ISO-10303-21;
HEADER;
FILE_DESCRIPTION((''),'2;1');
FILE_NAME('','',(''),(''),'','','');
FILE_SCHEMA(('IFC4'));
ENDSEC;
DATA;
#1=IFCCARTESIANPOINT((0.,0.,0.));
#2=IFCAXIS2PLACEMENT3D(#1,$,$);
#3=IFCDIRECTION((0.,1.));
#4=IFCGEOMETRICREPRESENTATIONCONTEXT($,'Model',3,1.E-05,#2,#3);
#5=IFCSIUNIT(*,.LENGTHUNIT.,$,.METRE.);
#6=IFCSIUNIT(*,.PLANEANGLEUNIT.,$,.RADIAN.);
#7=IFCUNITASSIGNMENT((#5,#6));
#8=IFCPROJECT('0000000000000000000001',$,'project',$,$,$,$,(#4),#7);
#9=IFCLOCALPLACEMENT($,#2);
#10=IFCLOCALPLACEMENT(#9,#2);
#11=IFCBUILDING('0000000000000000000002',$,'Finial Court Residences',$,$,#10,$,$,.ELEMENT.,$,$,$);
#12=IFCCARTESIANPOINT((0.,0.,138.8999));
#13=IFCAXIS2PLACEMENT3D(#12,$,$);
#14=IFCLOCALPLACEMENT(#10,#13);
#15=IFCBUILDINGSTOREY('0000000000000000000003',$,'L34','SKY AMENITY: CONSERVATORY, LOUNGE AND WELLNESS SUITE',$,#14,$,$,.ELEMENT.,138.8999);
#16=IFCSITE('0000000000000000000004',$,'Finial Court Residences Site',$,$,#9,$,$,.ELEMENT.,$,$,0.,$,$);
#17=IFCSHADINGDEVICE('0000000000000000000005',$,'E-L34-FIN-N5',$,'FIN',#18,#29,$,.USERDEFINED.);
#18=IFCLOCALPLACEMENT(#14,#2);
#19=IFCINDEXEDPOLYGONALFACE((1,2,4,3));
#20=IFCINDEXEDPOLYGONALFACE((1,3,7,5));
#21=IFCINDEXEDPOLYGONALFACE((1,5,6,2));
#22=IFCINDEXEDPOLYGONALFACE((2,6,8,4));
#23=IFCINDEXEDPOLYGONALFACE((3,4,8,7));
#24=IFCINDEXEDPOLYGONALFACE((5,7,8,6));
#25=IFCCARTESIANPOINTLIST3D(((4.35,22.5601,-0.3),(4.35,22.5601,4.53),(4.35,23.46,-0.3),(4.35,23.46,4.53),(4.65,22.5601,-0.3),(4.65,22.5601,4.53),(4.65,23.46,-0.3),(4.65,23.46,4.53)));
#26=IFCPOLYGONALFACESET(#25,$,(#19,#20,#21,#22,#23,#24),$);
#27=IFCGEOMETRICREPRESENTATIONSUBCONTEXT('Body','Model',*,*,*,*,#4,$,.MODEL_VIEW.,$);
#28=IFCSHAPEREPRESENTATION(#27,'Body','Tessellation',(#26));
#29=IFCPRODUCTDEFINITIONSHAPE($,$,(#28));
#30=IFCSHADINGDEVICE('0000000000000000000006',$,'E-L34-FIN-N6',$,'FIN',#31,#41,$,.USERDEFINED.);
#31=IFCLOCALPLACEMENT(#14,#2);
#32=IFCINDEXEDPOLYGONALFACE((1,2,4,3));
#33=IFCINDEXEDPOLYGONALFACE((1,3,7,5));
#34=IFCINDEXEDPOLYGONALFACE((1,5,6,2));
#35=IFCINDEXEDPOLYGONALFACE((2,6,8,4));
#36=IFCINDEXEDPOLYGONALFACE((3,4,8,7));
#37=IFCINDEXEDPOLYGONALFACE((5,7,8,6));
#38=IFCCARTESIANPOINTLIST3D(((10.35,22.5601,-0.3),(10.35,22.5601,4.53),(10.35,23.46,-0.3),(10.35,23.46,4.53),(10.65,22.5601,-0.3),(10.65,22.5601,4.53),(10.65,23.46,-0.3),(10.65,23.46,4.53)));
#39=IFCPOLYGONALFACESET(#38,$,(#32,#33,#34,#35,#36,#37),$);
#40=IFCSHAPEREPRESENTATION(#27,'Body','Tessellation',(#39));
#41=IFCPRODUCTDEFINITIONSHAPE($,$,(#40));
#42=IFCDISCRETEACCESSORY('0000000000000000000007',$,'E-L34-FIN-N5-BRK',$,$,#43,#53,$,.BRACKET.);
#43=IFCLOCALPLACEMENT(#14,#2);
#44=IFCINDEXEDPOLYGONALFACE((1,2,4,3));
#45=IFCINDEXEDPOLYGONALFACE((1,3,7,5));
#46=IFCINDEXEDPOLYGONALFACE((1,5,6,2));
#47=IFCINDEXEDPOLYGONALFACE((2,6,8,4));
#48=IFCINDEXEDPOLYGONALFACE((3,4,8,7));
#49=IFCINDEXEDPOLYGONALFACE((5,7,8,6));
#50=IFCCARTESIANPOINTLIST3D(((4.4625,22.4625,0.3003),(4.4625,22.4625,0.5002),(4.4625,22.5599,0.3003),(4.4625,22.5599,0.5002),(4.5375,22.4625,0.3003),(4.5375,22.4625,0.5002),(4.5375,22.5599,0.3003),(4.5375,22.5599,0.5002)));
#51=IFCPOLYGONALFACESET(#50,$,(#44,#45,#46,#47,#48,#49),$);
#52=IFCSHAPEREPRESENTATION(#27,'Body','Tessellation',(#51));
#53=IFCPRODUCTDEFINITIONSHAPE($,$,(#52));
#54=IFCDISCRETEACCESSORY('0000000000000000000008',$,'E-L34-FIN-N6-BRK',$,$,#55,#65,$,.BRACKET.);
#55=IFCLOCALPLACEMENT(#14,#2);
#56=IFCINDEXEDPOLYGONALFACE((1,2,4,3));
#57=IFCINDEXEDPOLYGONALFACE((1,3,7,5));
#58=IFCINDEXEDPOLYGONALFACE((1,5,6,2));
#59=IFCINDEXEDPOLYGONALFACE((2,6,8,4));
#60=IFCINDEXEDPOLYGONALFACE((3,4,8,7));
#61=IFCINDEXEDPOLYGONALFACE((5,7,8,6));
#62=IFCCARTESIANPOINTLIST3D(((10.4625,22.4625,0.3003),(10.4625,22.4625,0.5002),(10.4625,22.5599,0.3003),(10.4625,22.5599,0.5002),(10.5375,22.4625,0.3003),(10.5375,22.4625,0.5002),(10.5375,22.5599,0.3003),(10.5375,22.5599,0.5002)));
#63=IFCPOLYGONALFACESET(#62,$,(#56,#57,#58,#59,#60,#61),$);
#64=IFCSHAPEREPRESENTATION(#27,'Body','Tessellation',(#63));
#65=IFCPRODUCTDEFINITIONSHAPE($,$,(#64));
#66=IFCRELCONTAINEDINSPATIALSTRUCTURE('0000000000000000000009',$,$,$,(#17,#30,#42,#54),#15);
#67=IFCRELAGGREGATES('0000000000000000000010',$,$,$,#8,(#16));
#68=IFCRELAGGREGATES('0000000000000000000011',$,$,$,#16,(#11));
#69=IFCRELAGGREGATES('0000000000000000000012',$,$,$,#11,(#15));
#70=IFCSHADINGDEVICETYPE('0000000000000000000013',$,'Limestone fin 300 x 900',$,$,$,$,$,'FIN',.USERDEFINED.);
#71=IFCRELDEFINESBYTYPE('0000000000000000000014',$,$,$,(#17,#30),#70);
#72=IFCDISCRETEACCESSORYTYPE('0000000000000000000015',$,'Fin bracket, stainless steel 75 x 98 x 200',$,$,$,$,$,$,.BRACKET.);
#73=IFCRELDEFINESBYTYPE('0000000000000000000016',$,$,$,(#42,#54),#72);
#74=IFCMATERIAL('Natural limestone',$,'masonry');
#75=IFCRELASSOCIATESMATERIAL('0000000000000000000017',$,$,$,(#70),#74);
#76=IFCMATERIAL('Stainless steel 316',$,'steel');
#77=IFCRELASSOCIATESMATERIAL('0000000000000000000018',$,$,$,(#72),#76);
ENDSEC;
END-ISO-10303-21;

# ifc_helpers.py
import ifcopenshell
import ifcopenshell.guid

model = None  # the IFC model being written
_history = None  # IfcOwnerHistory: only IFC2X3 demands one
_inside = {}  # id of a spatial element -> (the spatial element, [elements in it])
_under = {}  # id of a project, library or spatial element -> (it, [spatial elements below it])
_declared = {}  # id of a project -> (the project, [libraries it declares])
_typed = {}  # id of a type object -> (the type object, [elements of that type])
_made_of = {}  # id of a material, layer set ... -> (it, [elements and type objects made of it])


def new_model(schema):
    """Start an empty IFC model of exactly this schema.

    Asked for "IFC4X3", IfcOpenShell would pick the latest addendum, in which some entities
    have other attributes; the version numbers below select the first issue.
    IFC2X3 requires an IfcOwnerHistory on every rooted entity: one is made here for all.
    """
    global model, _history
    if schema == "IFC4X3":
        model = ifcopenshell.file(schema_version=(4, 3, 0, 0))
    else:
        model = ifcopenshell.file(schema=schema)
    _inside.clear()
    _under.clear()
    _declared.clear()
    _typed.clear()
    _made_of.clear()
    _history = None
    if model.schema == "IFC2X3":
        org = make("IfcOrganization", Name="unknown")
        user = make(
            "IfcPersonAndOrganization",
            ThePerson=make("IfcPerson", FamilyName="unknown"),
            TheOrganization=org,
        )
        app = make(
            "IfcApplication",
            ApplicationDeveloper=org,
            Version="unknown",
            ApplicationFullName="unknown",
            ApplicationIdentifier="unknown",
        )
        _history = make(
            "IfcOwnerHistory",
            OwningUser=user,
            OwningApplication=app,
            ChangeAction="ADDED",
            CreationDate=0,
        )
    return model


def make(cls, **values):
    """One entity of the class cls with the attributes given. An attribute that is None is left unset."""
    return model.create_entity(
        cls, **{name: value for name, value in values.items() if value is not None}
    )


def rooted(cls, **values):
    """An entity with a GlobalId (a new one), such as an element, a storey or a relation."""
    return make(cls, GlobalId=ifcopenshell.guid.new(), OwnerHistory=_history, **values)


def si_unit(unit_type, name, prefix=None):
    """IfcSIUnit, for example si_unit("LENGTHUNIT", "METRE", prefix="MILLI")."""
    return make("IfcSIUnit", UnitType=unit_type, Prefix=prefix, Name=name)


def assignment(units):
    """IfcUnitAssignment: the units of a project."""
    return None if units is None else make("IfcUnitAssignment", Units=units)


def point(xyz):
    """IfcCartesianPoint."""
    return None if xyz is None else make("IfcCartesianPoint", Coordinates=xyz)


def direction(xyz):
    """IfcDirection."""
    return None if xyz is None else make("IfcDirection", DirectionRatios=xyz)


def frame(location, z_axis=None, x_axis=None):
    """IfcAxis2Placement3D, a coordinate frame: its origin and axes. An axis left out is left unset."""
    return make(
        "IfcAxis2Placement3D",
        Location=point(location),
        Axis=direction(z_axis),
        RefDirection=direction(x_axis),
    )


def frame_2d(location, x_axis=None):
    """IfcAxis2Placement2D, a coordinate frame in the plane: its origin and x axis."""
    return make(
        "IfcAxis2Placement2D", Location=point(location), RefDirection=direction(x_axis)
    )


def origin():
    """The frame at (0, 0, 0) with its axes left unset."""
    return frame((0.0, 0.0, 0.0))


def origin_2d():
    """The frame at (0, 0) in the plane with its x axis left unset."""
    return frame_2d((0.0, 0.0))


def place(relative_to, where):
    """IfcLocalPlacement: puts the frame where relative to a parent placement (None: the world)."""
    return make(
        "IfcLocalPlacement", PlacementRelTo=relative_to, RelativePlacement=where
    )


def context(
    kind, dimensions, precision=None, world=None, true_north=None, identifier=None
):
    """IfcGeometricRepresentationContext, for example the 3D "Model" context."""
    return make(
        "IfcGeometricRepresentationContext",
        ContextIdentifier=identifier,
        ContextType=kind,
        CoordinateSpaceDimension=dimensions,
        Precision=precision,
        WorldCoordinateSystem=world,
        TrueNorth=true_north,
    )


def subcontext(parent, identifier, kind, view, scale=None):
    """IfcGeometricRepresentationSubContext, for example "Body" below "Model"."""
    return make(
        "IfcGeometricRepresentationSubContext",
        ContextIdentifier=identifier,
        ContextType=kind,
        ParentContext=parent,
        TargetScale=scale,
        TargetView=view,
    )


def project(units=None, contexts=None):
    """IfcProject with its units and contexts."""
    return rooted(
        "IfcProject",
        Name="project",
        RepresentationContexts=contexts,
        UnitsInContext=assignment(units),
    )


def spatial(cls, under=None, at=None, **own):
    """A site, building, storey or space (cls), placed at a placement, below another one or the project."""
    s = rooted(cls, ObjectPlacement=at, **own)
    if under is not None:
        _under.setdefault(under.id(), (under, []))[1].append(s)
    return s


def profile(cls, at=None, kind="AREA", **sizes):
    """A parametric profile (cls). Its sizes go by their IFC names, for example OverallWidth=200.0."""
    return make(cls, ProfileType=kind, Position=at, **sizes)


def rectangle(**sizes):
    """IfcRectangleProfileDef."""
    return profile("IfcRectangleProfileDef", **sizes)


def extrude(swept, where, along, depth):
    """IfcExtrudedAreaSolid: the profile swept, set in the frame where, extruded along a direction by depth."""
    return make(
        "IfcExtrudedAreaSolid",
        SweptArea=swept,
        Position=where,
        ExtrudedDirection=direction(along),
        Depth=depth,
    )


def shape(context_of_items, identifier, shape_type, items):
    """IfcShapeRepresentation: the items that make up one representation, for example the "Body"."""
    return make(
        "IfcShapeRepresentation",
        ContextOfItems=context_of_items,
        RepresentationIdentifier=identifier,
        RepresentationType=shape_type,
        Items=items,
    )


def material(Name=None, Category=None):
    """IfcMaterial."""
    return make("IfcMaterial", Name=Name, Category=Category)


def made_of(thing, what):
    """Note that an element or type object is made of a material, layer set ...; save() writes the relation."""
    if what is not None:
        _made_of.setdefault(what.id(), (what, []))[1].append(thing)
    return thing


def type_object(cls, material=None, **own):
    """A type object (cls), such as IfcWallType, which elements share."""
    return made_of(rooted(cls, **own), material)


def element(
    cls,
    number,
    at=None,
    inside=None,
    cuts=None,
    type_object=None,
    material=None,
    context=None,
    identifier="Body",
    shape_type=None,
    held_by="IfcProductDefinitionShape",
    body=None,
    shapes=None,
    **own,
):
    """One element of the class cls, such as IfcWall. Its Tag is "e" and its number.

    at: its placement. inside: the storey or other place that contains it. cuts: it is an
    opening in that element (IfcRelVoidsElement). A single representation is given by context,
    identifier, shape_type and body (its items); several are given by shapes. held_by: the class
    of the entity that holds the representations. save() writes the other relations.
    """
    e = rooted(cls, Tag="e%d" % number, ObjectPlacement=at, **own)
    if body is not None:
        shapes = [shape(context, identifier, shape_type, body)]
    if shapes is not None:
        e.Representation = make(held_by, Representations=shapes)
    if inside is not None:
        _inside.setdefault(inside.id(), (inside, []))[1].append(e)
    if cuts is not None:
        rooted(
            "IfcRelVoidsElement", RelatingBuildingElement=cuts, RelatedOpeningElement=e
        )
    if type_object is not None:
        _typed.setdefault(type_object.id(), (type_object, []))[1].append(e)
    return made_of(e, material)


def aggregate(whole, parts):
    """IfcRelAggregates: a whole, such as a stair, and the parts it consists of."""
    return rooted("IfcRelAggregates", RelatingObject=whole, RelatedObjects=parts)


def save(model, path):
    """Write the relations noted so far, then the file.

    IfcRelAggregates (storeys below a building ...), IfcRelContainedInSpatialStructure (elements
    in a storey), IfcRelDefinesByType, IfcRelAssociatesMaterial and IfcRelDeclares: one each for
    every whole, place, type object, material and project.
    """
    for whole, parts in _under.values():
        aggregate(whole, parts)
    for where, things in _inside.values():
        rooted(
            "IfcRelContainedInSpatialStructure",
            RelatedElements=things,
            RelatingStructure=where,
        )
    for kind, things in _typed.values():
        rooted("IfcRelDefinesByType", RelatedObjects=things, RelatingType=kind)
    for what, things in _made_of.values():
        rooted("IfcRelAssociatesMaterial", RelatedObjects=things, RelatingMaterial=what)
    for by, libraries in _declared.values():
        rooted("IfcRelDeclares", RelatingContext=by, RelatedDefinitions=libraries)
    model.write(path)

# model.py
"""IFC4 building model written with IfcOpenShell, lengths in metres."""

from ifc_helpers import new_model, si_unit, direction, frame, origin, origin_2d, place, context, subcontext, project, spatial, rectangle, extrude, material, type_object, element, save


model = new_model("IFC4")

# Units and contexts
model_context = context("Model", 3, precision=1e-05, world=origin(), true_north=direction((0.0, 1.0)))
body_context = subcontext(model_context, "Body", "Model", "MODEL_VIEW")
ifc_project = project(units=[si_unit("LENGTHUNIT", "METRE"), si_unit("PLANEANGLEUNIT", "RADIAN")], contexts=[model_context])

# Site, building, storey
site_placement = place(None, origin())
site = spatial("IfcSite", under=ifc_project, at=site_placement, Name="Finial Court Residences Site", CompositionType="ELEMENT", RefElevation=0.0)
building_placement = place(site_placement, origin())
building = spatial("IfcBuilding", under=site, at=building_placement, Name="Finial Court Residences", CompositionType="ELEMENT")
storey_placement = place(building_placement, frame((0.0, 0.0, 138.8999)))
storey = spatial("IfcBuildingStorey", under=building, at=storey_placement, Name="L34", Description="SKY AMENITY: CONSERVATORY, LOUNGE AND WELLNESS SUITE", CompositionType="ELEMENT", Elevation=138.8999)

# Shading devices
ifc_material_1 = material(Name="Natural limestone", Category="masonry")
shading_device_type = type_object("IfcShadingDeviceType", Name="Limestone fin 300 x 900", ElementType="FIN", PredefinedType="USERDEFINED", material=ifc_material_1)
for number, where, z_axis, x_axis, name in (
    (1, (4.5, 23.01, -0.3), (0.0, 0.0, 1.0), (1.0, 0.0, 0.0), "E-L34-FIN-N5"),
    (2, (10.5, 23.01, -0.3), (0.0, 0.0, 1.0), (1.0, 0.0, 0.0), "E-L34-FIN-N6"),
):
    element("IfcShadingDevice", number, at=place(storey_placement, frame(where, z_axis=z_axis, x_axis=x_axis)), inside=storey, type_object=shading_device_type, Name=name, ObjectType="FIN", PredefinedType="USERDEFINED", context=body_context, shape_type="SweptSolid", body=[
        extrude(rectangle(XDim=0.3, YDim=0.8999, at=origin_2d()), origin(), (0.0, 0.0, 1.0), 4.8301),
    ])

# Discrete accessories
ifc_material_2 = material(Name="Stainless steel 316", Category="steel")
discrete_accessory_type = type_object("IfcDiscreteAccessoryType", Name="Fin bracket, stainless steel 75 x 98 x 200", PredefinedType="BRACKET", material=ifc_material_2)
for number, where, z_axis, x_axis, name in (
    (3, (4.5, 22.5112, 0.3003), (0.0, 0.0, 1.0), (1.0, 0.0, 0.0), "E-L34-FIN-N5-BRK"),
    (4, (10.5, 22.5112, 0.3003), (0.0, 0.0, 1.0), (1.0, 0.0, 0.0), "E-L34-FIN-N6-BRK"),
):
    element("IfcDiscreteAccessory", number, at=place(storey_placement, frame(where, z_axis=z_axis, x_axis=x_axis)), inside=storey, type_object=discrete_accessory_type, Name=name, PredefinedType="BRACKET", context=body_context, shape_type="SweptSolid", body=[
        extrude(rectangle(XDim=0.075, YDim=0.0974, at=origin_2d()), origin(), (0.0, 0.0, 1.0), 0.2),
    ])

save(model, "model.ifc")
